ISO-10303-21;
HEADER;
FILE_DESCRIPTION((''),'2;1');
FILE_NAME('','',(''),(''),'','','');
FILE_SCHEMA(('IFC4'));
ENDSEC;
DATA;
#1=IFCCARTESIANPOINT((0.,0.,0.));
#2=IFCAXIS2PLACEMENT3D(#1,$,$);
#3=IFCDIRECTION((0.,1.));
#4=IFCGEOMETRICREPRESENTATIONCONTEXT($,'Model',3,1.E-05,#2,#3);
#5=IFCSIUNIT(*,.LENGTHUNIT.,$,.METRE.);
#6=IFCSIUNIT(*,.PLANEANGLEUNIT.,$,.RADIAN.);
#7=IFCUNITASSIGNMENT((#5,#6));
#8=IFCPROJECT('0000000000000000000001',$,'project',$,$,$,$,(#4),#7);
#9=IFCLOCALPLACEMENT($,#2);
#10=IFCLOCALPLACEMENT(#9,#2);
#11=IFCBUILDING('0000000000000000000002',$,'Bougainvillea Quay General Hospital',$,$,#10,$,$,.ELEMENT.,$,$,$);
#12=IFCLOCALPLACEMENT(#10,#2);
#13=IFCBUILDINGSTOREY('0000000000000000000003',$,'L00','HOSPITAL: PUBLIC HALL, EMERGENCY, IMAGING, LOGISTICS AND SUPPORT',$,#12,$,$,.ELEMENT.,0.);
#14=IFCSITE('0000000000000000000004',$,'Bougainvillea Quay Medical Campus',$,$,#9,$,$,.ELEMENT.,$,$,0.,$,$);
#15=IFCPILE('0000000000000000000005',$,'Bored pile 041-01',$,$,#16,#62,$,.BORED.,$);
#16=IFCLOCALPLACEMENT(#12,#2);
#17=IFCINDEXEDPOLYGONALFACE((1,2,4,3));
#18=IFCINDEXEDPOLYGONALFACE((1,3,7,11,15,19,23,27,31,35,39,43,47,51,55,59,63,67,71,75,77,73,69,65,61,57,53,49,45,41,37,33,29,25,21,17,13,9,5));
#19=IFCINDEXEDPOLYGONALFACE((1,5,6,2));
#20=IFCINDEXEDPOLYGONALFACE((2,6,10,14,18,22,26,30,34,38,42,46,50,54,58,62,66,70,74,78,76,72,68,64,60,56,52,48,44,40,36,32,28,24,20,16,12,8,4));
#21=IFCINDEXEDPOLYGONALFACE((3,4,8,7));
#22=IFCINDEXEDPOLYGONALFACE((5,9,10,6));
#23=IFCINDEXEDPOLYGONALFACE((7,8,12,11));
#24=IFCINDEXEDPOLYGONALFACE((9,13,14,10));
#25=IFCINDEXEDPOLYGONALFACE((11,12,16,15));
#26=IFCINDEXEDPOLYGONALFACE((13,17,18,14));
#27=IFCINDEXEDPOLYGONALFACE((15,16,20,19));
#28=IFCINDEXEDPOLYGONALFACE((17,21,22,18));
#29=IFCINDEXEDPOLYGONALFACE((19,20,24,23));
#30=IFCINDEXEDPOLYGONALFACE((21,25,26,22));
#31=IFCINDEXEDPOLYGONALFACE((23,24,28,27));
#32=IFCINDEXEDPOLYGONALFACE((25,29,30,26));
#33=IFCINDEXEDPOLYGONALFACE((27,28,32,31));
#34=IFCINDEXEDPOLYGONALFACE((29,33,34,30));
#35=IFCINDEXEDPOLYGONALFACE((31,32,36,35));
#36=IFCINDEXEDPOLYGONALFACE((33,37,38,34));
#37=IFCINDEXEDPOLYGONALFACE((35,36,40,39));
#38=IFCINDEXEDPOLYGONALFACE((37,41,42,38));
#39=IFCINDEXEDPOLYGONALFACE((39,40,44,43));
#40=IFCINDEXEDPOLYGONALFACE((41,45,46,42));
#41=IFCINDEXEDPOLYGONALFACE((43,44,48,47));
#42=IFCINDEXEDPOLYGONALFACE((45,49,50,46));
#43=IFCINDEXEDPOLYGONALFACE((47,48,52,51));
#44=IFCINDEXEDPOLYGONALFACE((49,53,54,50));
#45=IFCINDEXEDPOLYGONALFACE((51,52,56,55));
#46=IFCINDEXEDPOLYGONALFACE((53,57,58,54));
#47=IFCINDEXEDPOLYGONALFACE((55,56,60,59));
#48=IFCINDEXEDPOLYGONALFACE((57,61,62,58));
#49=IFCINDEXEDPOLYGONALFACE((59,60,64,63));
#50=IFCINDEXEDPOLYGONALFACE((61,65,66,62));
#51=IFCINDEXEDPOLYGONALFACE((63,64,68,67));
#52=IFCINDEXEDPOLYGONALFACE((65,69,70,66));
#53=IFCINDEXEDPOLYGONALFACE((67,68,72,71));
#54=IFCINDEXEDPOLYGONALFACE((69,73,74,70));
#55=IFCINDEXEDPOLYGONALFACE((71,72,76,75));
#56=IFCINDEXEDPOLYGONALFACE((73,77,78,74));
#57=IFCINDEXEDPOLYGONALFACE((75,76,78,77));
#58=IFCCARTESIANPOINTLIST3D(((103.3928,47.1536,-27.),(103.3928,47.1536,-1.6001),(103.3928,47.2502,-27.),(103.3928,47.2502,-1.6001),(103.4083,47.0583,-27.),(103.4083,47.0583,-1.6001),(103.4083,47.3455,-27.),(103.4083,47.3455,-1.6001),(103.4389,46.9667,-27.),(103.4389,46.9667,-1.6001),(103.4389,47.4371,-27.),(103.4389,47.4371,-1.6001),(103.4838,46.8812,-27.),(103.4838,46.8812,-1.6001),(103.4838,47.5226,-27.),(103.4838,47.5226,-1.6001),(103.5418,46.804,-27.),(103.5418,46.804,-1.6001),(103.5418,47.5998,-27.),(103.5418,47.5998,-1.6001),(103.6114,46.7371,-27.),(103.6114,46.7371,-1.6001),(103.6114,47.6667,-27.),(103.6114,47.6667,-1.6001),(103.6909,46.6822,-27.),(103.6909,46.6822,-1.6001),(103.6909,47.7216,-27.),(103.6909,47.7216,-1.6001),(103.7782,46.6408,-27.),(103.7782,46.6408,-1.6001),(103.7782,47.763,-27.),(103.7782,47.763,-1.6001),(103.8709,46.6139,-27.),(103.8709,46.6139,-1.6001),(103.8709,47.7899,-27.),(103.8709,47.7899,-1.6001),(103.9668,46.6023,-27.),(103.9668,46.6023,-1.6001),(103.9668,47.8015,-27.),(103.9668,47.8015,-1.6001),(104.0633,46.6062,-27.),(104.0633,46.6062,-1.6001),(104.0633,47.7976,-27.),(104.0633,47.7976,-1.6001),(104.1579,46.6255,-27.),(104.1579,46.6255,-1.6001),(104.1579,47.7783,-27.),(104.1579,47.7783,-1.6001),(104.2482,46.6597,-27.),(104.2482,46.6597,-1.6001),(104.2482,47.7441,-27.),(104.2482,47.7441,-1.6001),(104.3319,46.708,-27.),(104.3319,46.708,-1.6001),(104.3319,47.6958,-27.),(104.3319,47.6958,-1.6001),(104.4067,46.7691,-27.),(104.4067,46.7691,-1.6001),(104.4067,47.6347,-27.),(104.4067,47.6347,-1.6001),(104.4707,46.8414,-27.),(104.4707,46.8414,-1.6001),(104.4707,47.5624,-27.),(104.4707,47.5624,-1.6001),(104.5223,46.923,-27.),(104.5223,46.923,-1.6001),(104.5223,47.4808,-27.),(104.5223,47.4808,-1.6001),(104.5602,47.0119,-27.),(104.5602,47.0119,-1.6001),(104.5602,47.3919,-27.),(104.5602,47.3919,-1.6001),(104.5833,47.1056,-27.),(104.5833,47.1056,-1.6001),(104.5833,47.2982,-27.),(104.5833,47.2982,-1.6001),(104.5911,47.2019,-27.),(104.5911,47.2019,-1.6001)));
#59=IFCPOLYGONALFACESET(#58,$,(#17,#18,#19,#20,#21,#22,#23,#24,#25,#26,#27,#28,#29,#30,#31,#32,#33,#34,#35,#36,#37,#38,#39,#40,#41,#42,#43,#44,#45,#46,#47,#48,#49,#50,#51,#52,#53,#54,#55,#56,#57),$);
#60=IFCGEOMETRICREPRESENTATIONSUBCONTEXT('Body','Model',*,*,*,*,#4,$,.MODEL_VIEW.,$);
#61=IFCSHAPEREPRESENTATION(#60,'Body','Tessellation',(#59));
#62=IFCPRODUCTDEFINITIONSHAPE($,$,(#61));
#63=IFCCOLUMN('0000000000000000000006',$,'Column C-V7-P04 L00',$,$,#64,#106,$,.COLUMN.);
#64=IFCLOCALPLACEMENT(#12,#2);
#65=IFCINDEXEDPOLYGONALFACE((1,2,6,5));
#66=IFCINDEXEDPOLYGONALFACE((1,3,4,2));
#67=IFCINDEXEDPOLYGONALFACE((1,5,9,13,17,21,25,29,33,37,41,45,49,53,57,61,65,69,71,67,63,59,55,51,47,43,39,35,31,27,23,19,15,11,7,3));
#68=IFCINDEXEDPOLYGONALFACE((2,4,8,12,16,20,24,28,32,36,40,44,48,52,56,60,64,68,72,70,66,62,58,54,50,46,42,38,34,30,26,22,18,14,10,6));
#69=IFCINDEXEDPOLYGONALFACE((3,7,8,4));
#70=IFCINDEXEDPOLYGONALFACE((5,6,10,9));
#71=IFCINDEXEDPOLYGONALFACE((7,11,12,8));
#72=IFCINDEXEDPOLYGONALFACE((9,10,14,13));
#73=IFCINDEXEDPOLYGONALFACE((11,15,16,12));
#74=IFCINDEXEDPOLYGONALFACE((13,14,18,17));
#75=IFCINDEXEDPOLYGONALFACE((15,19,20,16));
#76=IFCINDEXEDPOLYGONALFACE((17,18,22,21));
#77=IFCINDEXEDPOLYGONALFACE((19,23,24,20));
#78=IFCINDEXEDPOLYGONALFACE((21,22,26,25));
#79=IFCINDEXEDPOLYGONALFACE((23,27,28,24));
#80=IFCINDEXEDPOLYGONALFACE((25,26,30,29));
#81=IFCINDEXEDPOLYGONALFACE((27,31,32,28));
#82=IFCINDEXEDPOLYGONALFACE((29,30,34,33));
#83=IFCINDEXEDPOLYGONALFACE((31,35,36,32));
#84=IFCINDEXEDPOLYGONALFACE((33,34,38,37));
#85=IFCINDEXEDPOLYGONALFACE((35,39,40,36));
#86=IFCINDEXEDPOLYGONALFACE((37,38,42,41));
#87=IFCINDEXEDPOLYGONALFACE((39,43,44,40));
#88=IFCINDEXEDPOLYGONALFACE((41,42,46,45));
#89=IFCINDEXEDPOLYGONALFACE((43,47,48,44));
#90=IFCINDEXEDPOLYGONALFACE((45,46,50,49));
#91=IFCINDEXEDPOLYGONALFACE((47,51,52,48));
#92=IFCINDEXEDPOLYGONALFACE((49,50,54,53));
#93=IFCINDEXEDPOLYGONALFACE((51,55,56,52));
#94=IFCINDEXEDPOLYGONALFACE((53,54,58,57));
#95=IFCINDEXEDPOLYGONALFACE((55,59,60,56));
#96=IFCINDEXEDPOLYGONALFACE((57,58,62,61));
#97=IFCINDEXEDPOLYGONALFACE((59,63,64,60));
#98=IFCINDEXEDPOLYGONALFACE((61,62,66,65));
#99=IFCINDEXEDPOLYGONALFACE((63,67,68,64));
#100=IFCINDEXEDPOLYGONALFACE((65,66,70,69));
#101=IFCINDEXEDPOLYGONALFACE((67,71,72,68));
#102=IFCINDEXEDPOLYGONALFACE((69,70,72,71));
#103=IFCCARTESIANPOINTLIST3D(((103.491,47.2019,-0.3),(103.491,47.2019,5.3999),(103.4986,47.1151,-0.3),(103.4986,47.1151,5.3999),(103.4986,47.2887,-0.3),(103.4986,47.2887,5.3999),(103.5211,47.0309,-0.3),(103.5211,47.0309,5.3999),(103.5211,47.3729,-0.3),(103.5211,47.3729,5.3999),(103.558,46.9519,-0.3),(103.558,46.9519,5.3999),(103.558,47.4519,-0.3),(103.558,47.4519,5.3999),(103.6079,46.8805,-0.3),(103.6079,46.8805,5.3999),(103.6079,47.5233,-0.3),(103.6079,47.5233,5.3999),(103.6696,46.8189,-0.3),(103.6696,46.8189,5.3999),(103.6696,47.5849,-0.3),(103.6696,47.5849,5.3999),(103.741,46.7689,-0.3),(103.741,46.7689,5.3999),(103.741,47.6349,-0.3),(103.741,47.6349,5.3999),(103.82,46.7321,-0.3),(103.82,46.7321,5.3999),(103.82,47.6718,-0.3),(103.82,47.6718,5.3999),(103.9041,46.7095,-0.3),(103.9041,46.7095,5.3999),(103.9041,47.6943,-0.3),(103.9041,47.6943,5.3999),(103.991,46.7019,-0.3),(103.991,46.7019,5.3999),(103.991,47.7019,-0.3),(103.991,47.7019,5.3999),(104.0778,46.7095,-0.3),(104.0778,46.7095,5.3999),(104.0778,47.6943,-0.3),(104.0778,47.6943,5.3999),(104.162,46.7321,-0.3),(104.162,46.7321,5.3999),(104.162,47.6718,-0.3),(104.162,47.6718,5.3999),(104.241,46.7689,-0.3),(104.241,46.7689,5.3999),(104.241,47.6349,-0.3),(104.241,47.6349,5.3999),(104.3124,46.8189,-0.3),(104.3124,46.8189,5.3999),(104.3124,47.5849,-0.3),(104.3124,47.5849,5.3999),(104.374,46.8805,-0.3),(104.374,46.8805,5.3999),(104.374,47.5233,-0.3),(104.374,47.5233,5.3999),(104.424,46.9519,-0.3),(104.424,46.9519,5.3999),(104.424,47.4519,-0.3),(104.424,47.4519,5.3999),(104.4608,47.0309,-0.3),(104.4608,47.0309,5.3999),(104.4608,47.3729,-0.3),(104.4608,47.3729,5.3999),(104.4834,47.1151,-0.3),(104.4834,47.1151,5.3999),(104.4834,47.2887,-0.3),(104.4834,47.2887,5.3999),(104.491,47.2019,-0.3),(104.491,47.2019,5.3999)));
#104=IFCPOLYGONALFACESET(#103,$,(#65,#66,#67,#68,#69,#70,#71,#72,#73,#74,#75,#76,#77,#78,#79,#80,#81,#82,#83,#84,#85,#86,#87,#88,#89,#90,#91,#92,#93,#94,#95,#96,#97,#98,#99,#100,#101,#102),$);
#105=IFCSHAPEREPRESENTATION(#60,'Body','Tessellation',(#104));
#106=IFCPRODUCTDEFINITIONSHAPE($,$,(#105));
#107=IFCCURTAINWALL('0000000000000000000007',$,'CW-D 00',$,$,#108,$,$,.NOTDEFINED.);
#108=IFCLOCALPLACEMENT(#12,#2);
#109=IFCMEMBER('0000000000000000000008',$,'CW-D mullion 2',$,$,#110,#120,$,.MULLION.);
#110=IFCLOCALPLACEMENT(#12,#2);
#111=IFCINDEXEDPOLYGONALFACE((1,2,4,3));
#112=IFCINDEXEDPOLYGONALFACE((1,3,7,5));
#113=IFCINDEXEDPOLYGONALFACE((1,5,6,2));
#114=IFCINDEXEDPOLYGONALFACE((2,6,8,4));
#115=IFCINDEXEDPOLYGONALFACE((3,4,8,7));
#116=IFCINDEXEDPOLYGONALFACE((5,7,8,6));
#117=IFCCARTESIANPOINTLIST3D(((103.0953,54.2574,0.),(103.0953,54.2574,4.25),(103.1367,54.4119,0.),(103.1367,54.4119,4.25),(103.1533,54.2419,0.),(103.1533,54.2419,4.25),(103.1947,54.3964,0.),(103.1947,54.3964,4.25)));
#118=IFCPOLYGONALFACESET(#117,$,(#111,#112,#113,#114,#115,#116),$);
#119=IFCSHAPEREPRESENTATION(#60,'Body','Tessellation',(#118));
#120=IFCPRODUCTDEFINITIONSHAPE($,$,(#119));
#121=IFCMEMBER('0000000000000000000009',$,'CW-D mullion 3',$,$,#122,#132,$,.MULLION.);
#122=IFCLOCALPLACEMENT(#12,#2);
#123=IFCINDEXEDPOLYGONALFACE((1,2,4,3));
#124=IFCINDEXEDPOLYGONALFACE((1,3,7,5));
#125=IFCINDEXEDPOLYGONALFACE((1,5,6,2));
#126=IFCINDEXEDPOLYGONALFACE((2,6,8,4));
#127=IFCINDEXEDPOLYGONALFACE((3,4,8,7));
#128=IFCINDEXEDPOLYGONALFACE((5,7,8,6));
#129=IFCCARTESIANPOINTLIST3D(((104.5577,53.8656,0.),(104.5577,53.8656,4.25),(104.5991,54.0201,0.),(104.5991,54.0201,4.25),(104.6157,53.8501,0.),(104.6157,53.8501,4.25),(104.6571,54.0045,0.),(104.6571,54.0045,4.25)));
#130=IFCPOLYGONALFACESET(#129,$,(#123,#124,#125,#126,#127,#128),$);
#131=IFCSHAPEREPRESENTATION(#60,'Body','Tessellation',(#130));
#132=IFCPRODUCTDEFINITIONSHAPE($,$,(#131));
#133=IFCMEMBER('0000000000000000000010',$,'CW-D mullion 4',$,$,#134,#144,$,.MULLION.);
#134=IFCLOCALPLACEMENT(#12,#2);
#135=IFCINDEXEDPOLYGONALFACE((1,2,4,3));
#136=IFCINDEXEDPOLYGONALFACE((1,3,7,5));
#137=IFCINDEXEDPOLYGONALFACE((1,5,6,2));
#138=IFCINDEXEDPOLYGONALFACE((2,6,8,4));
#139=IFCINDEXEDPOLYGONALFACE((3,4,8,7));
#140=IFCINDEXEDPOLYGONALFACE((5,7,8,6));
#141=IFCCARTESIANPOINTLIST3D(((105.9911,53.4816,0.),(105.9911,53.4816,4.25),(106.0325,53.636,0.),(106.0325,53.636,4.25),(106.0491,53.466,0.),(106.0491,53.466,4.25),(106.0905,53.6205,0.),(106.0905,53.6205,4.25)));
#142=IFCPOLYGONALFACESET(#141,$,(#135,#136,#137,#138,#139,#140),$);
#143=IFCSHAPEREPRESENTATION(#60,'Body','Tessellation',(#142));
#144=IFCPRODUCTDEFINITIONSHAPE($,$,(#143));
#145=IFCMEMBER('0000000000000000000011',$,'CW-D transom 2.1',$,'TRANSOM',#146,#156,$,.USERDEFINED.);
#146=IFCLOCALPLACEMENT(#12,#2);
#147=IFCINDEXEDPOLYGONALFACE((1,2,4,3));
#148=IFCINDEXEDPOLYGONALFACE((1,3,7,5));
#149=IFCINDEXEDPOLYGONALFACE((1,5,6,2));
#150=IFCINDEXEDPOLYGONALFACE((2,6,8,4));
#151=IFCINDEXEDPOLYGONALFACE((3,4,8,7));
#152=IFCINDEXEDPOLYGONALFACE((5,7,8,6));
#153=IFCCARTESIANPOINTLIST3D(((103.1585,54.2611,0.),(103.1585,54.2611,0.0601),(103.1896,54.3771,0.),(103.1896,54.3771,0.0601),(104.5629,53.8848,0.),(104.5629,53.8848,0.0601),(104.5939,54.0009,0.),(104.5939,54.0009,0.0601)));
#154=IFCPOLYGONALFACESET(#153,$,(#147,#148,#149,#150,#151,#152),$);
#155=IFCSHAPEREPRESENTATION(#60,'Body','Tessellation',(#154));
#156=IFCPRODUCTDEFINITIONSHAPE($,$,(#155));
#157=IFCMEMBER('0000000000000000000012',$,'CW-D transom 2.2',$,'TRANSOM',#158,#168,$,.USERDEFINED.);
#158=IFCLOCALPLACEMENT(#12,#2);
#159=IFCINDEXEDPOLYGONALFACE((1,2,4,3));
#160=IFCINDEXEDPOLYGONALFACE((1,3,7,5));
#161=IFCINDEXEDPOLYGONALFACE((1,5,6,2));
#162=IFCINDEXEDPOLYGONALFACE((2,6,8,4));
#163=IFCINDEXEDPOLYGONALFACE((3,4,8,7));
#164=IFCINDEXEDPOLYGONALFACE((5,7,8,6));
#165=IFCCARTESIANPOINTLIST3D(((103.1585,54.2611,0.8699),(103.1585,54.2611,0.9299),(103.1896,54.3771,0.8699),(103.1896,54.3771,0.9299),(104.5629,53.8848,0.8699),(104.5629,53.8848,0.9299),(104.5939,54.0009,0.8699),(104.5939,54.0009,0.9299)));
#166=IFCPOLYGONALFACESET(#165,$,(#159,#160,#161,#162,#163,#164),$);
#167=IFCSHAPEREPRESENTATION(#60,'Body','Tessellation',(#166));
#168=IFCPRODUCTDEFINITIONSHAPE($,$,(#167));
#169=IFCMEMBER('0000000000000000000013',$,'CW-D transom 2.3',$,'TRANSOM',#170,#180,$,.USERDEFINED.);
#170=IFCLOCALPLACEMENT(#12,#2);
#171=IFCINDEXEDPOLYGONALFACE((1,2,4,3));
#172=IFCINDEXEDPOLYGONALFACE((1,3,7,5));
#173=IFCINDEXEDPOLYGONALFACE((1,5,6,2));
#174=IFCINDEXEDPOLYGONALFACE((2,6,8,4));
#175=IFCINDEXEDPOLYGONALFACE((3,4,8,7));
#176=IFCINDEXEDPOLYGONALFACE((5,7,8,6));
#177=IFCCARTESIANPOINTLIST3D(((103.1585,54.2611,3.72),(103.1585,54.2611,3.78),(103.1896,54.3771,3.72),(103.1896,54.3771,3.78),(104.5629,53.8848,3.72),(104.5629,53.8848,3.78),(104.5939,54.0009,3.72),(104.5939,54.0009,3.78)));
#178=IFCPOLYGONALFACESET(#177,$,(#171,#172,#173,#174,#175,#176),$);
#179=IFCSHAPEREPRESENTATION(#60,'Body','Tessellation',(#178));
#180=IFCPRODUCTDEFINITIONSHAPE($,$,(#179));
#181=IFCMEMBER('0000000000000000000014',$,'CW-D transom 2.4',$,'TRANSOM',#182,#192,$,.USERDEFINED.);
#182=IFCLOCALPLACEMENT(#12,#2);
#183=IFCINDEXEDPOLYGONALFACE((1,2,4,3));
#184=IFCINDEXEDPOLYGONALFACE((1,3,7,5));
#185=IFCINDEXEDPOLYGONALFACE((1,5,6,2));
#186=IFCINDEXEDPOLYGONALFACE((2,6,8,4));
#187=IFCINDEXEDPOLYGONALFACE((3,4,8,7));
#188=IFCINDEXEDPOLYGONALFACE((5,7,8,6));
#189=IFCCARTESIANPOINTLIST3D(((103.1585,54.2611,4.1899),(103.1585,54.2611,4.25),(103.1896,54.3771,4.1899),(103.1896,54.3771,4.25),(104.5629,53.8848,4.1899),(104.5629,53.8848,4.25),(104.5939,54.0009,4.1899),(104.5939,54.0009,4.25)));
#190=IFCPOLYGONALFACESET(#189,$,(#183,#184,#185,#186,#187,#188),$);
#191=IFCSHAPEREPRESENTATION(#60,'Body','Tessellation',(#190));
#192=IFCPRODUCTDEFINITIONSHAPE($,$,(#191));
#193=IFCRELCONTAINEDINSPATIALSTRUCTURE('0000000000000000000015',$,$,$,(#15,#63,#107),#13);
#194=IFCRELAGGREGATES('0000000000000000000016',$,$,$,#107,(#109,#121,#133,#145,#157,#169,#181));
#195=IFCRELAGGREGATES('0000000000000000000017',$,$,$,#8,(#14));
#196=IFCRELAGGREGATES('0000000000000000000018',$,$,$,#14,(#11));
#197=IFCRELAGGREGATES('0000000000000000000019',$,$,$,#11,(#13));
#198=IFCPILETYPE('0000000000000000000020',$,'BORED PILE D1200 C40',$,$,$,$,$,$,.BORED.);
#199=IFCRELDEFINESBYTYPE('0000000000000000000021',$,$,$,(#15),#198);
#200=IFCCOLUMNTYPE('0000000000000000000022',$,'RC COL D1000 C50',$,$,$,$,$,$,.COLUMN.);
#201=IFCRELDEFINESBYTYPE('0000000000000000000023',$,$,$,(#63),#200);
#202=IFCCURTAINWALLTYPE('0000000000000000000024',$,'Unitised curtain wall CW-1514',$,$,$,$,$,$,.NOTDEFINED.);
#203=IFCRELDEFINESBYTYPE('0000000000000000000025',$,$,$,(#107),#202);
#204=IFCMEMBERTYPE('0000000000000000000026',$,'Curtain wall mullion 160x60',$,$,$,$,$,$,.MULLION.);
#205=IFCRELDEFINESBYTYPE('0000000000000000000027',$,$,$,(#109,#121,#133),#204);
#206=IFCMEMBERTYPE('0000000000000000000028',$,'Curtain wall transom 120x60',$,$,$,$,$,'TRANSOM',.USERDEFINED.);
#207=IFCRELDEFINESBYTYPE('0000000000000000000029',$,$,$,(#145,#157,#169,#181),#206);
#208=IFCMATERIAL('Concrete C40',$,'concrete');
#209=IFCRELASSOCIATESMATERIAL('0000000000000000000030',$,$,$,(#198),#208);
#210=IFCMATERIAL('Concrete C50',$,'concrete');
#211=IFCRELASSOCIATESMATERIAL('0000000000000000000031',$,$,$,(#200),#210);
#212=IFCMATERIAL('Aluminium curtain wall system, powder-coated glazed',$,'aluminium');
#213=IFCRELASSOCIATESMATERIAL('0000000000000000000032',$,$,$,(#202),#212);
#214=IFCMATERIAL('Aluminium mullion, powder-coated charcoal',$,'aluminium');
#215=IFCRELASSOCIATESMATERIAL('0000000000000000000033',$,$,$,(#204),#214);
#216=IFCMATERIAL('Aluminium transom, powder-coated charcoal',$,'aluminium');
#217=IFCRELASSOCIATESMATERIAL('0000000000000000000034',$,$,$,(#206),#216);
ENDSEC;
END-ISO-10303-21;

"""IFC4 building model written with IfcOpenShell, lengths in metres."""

from ifc_helpers import new_model, si_unit, direction, frame, origin, origin_2d, place, context, subcontext, project, spatial, rectangle, circle, extrude, material, material_profile, profile_set, type_object, element, aggregate, save


model = new_model("IFC4")

# Units and contexts
model_context = context("Model", 3, precision=1e-05, world=origin(), true_north=direction((0.0, 1.0)))
body_context = subcontext(model_context, "Body", "Model", "MODEL_VIEW")
ifc_project = project(units=[si_unit("LENGTHUNIT", "METRE"), si_unit("PLANEANGLEUNIT", "RADIAN")], contexts=[model_context])

# Site, building, storey
site_placement = place(None, origin())
site = spatial("IfcSite", under=ifc_project, at=site_placement, Name="Bougainvillea Quay Medical Campus", CompositionType="ELEMENT", RefElevation=0.0)
building_placement = place(site_placement, origin())
building = spatial("IfcBuilding", under=site, at=building_placement, Name="Bougainvillea Quay General Hospital", CompositionType="ELEMENT")
storey_placement = place(building_placement, origin())
storey = spatial("IfcBuildingStorey", under=building, at=storey_placement, Name="L00", Description="HOSPITAL: PUBLIC HALL, EMERGENCY, IMAGING, LOGISTICS AND SUPPORT", CompositionType="ELEMENT", Elevation=0.0)

# Pile
ifc_material_1 = material(Name="Concrete C40", Category="concrete")
ifc_material_profile_1 = material_profile(ifc_material_1, circle(Radius=0.6001, at=origin_2d()))
ifc_profile_set_1 = profile_set([ifc_material_profile_1], Name="Concrete C40")
pile_type = type_object("IfcPileType", Name="BORED PILE D1200 C40", PredefinedType="BORED", material=ifc_profile_set_1)
pile_placement = place(storey_placement, frame((103.991, 47.2019, -1.6001), z_axis=(0.0, 0.0, -1.0), x_axis=(1.0, 0.0, 0.0)))
element("IfcPile", 1, at=pile_placement, inside=storey, type_object=pile_type, Name="Bored pile 041-01", PredefinedType="BORED", context=body_context, shape_type="SweptSolid", body=[
    extrude(circle(Radius=0.6001, at=origin_2d()), origin(), (0.0, 0.0, 1.0), 25.3999),
])

# Column
ifc_material_2 = material(Name="Concrete C50", Category="concrete")
ifc_material_profile_2 = material_profile(ifc_material_2, circle(Radius=0.5, at=origin_2d()))
ifc_profile_set_2 = profile_set([ifc_material_profile_2], Name="Concrete C50")
column_type = type_object("IfcColumnType", Name="RC COL D1000 C50", PredefinedType="COLUMN", material=ifc_profile_set_2)
column_placement = place(storey_placement, frame((103.991, 47.2019, -0.3), z_axis=(0.0, 0.0, 1.0), x_axis=(1.0, 0.0, 0.0)))
element("IfcColumn", 2, at=column_placement, inside=storey, type_object=column_type, Name="Column C-V7-P04 L00", PredefinedType="COLUMN", context=body_context, shape_type="SweptSolid", body=[
    extrude(circle(Radius=0.5, at=origin_2d()), origin(), (0.0, 0.0, 1.0), 5.7),
])

# Curtain wall, members
ifc_material_3 = material(Name="Aluminium curtain wall system, powder-coated glazed", Category="aluminium")
curtain_wall_type = type_object("IfcCurtainWallType", Name="Unitised curtain wall CW-1514", PredefinedType="NOTDEFINED", material=ifc_material_3)
curtain_wall_placement = place(storey_placement, origin())
curtain_wall = element("IfcCurtainWall", 3, at=curtain_wall_placement, inside=storey, type_object=curtain_wall_type, Name="CW-D 00", PredefinedType="NOTDEFINED")
ifc_material_4 = material(Name="Aluminium mullion, powder-coated charcoal", Category="aluminium")
ifc_material_profile_3 = material_profile(ifc_material_4, rectangle(XDim=0.1599, YDim=0.0601, at=origin_2d()))
ifc_profile_set_3 = profile_set([ifc_material_profile_3], Name="Aluminium mullion, powder-coated charcoal")
member_type_1 = type_object("IfcMemberType", Name="Curtain wall mullion 160x60", PredefinedType="MULLION", material=ifc_profile_set_3)
member_1_placement = place(storey_placement, frame((103.145, 54.3269, 0.0), z_axis=(0.0, 0.0, 1.0), x_axis=(0.258855, 0.965916, 0.0)))
member_1 = element("IfcMember", 4, at=member_1_placement, type_object=member_type_1, Name="CW-D mullion 2", PredefinedType="MULLION", context=body_context, shape_type="SweptSolid", body=[
    extrude(rectangle(XDim=0.1599, YDim=0.0601, at=origin_2d()), origin(), (0.0, 0.0, 1.0), 4.25),
])
member_2_placement = place(storey_placement, frame((104.6074, 53.9351, 0.0), z_axis=(0.0, 0.0, 1.0), x_axis=(0.258855, 0.965916, 0.0)))
member_2 = element("IfcMember", 5, at=member_2_placement, type_object=member_type_1, Name="CW-D mullion 3", PredefinedType="MULLION", context=body_context, shape_type="SweptSolid", body=[
    extrude(rectangle(XDim=0.1599, YDim=0.0601, at=origin_2d()), origin(), (0.0, 0.0, 1.0), 4.25),
])
member_3_placement = place(storey_placement, frame((106.0408, 53.551, 0.0), z_axis=(0.0, 0.0, 1.0), x_axis=(0.258855, 0.965916, 0.0)))
member_3 = element("IfcMember", 6, at=member_3_placement, type_object=member_type_1, Name="CW-D mullion 4", PredefinedType="MULLION", context=body_context, shape_type="SweptSolid", body=[
    extrude(rectangle(XDim=0.1599, YDim=0.0601, at=origin_2d()), origin(), (0.0, 0.0, 1.0), 4.25),
])
ifc_material_5 = material(Name="Aluminium transom, powder-coated charcoal", Category="aluminium")
ifc_material_profile_4 = material_profile(ifc_material_5, rectangle(XDim=0.1201, YDim=0.0601, at=origin_2d()))
ifc_profile_set_4 = profile_set([ifc_material_profile_4], Name="Aluminium transom, powder-coated charcoal")
member_type_2 = type_object("IfcMemberType", Name="Curtain wall transom 120x60", ElementType="TRANSOM", PredefinedType="USERDEFINED", material=ifc_profile_set_4)
member_4_placement = place(storey_placement, frame((103.1741, 54.3191, 0.03), z_axis=(0.965936, -0.258781, 0.0), x_axis=(0.258781, 0.965936, 0.0)))
member_4 = element("IfcMember", 7, at=member_4_placement, type_object=member_type_2, Name="CW-D transom 2.1", ObjectType="TRANSOM", PredefinedType="USERDEFINED", context=body_context, shape_type="SweptSolid", body=[
    extrude(rectangle(XDim=0.1201, YDim=0.0601, at=origin_2d()), origin(), (0.0, 0.0, 1.0), 1.4539),
])
member_5_placement = place(storey_placement, frame((103.1741, 54.3191, 0.8999), z_axis=(0.965936, -0.258781, 0.0), x_axis=(0.258781, 0.965936, 0.0)))
member_5 = element("IfcMember", 8, at=member_5_placement, type_object=member_type_2, Name="CW-D transom 2.2", ObjectType="TRANSOM", PredefinedType="USERDEFINED", context=body_context, shape_type="SweptSolid", body=[
    extrude(rectangle(XDim=0.1201, YDim=0.0601, at=origin_2d()), origin(), (0.0, 0.0, 1.0), 1.4539),
])
member_6_placement = place(storey_placement, frame((103.1741, 54.3191, 3.75), z_axis=(0.965936, -0.258781, 0.0), x_axis=(0.258781, 0.965936, 0.0)))
member_6 = element("IfcMember", 9, at=member_6_placement, type_object=member_type_2, Name="CW-D transom 2.3", ObjectType="TRANSOM", PredefinedType="USERDEFINED", context=body_context, shape_type="SweptSolid", body=[
    extrude(rectangle(XDim=0.1201, YDim=0.0601, at=origin_2d()), origin(), (0.0, 0.0, 1.0), 1.4539),
])
member_7_placement = place(storey_placement, frame((103.1741, 54.3191, 4.22), z_axis=(0.965936, -0.258781, 0.0), x_axis=(0.258781, 0.965936, 0.0)))
member_7 = element("IfcMember", 10, at=member_7_placement, type_object=member_type_2, Name="CW-D transom 2.4", ObjectType="TRANSOM", PredefinedType="USERDEFINED", context=body_context, shape_type="SweptSolid", body=[
    extrude(rectangle(XDim=0.1201, YDim=0.0601, at=origin_2d()), origin(), (0.0, 0.0, 1.0), 1.4539),
])
aggregate(curtain_wall, [member_1, member_2, member_3, member_4, member_5, member_6, member_7])

save(model, "model.ifc")
